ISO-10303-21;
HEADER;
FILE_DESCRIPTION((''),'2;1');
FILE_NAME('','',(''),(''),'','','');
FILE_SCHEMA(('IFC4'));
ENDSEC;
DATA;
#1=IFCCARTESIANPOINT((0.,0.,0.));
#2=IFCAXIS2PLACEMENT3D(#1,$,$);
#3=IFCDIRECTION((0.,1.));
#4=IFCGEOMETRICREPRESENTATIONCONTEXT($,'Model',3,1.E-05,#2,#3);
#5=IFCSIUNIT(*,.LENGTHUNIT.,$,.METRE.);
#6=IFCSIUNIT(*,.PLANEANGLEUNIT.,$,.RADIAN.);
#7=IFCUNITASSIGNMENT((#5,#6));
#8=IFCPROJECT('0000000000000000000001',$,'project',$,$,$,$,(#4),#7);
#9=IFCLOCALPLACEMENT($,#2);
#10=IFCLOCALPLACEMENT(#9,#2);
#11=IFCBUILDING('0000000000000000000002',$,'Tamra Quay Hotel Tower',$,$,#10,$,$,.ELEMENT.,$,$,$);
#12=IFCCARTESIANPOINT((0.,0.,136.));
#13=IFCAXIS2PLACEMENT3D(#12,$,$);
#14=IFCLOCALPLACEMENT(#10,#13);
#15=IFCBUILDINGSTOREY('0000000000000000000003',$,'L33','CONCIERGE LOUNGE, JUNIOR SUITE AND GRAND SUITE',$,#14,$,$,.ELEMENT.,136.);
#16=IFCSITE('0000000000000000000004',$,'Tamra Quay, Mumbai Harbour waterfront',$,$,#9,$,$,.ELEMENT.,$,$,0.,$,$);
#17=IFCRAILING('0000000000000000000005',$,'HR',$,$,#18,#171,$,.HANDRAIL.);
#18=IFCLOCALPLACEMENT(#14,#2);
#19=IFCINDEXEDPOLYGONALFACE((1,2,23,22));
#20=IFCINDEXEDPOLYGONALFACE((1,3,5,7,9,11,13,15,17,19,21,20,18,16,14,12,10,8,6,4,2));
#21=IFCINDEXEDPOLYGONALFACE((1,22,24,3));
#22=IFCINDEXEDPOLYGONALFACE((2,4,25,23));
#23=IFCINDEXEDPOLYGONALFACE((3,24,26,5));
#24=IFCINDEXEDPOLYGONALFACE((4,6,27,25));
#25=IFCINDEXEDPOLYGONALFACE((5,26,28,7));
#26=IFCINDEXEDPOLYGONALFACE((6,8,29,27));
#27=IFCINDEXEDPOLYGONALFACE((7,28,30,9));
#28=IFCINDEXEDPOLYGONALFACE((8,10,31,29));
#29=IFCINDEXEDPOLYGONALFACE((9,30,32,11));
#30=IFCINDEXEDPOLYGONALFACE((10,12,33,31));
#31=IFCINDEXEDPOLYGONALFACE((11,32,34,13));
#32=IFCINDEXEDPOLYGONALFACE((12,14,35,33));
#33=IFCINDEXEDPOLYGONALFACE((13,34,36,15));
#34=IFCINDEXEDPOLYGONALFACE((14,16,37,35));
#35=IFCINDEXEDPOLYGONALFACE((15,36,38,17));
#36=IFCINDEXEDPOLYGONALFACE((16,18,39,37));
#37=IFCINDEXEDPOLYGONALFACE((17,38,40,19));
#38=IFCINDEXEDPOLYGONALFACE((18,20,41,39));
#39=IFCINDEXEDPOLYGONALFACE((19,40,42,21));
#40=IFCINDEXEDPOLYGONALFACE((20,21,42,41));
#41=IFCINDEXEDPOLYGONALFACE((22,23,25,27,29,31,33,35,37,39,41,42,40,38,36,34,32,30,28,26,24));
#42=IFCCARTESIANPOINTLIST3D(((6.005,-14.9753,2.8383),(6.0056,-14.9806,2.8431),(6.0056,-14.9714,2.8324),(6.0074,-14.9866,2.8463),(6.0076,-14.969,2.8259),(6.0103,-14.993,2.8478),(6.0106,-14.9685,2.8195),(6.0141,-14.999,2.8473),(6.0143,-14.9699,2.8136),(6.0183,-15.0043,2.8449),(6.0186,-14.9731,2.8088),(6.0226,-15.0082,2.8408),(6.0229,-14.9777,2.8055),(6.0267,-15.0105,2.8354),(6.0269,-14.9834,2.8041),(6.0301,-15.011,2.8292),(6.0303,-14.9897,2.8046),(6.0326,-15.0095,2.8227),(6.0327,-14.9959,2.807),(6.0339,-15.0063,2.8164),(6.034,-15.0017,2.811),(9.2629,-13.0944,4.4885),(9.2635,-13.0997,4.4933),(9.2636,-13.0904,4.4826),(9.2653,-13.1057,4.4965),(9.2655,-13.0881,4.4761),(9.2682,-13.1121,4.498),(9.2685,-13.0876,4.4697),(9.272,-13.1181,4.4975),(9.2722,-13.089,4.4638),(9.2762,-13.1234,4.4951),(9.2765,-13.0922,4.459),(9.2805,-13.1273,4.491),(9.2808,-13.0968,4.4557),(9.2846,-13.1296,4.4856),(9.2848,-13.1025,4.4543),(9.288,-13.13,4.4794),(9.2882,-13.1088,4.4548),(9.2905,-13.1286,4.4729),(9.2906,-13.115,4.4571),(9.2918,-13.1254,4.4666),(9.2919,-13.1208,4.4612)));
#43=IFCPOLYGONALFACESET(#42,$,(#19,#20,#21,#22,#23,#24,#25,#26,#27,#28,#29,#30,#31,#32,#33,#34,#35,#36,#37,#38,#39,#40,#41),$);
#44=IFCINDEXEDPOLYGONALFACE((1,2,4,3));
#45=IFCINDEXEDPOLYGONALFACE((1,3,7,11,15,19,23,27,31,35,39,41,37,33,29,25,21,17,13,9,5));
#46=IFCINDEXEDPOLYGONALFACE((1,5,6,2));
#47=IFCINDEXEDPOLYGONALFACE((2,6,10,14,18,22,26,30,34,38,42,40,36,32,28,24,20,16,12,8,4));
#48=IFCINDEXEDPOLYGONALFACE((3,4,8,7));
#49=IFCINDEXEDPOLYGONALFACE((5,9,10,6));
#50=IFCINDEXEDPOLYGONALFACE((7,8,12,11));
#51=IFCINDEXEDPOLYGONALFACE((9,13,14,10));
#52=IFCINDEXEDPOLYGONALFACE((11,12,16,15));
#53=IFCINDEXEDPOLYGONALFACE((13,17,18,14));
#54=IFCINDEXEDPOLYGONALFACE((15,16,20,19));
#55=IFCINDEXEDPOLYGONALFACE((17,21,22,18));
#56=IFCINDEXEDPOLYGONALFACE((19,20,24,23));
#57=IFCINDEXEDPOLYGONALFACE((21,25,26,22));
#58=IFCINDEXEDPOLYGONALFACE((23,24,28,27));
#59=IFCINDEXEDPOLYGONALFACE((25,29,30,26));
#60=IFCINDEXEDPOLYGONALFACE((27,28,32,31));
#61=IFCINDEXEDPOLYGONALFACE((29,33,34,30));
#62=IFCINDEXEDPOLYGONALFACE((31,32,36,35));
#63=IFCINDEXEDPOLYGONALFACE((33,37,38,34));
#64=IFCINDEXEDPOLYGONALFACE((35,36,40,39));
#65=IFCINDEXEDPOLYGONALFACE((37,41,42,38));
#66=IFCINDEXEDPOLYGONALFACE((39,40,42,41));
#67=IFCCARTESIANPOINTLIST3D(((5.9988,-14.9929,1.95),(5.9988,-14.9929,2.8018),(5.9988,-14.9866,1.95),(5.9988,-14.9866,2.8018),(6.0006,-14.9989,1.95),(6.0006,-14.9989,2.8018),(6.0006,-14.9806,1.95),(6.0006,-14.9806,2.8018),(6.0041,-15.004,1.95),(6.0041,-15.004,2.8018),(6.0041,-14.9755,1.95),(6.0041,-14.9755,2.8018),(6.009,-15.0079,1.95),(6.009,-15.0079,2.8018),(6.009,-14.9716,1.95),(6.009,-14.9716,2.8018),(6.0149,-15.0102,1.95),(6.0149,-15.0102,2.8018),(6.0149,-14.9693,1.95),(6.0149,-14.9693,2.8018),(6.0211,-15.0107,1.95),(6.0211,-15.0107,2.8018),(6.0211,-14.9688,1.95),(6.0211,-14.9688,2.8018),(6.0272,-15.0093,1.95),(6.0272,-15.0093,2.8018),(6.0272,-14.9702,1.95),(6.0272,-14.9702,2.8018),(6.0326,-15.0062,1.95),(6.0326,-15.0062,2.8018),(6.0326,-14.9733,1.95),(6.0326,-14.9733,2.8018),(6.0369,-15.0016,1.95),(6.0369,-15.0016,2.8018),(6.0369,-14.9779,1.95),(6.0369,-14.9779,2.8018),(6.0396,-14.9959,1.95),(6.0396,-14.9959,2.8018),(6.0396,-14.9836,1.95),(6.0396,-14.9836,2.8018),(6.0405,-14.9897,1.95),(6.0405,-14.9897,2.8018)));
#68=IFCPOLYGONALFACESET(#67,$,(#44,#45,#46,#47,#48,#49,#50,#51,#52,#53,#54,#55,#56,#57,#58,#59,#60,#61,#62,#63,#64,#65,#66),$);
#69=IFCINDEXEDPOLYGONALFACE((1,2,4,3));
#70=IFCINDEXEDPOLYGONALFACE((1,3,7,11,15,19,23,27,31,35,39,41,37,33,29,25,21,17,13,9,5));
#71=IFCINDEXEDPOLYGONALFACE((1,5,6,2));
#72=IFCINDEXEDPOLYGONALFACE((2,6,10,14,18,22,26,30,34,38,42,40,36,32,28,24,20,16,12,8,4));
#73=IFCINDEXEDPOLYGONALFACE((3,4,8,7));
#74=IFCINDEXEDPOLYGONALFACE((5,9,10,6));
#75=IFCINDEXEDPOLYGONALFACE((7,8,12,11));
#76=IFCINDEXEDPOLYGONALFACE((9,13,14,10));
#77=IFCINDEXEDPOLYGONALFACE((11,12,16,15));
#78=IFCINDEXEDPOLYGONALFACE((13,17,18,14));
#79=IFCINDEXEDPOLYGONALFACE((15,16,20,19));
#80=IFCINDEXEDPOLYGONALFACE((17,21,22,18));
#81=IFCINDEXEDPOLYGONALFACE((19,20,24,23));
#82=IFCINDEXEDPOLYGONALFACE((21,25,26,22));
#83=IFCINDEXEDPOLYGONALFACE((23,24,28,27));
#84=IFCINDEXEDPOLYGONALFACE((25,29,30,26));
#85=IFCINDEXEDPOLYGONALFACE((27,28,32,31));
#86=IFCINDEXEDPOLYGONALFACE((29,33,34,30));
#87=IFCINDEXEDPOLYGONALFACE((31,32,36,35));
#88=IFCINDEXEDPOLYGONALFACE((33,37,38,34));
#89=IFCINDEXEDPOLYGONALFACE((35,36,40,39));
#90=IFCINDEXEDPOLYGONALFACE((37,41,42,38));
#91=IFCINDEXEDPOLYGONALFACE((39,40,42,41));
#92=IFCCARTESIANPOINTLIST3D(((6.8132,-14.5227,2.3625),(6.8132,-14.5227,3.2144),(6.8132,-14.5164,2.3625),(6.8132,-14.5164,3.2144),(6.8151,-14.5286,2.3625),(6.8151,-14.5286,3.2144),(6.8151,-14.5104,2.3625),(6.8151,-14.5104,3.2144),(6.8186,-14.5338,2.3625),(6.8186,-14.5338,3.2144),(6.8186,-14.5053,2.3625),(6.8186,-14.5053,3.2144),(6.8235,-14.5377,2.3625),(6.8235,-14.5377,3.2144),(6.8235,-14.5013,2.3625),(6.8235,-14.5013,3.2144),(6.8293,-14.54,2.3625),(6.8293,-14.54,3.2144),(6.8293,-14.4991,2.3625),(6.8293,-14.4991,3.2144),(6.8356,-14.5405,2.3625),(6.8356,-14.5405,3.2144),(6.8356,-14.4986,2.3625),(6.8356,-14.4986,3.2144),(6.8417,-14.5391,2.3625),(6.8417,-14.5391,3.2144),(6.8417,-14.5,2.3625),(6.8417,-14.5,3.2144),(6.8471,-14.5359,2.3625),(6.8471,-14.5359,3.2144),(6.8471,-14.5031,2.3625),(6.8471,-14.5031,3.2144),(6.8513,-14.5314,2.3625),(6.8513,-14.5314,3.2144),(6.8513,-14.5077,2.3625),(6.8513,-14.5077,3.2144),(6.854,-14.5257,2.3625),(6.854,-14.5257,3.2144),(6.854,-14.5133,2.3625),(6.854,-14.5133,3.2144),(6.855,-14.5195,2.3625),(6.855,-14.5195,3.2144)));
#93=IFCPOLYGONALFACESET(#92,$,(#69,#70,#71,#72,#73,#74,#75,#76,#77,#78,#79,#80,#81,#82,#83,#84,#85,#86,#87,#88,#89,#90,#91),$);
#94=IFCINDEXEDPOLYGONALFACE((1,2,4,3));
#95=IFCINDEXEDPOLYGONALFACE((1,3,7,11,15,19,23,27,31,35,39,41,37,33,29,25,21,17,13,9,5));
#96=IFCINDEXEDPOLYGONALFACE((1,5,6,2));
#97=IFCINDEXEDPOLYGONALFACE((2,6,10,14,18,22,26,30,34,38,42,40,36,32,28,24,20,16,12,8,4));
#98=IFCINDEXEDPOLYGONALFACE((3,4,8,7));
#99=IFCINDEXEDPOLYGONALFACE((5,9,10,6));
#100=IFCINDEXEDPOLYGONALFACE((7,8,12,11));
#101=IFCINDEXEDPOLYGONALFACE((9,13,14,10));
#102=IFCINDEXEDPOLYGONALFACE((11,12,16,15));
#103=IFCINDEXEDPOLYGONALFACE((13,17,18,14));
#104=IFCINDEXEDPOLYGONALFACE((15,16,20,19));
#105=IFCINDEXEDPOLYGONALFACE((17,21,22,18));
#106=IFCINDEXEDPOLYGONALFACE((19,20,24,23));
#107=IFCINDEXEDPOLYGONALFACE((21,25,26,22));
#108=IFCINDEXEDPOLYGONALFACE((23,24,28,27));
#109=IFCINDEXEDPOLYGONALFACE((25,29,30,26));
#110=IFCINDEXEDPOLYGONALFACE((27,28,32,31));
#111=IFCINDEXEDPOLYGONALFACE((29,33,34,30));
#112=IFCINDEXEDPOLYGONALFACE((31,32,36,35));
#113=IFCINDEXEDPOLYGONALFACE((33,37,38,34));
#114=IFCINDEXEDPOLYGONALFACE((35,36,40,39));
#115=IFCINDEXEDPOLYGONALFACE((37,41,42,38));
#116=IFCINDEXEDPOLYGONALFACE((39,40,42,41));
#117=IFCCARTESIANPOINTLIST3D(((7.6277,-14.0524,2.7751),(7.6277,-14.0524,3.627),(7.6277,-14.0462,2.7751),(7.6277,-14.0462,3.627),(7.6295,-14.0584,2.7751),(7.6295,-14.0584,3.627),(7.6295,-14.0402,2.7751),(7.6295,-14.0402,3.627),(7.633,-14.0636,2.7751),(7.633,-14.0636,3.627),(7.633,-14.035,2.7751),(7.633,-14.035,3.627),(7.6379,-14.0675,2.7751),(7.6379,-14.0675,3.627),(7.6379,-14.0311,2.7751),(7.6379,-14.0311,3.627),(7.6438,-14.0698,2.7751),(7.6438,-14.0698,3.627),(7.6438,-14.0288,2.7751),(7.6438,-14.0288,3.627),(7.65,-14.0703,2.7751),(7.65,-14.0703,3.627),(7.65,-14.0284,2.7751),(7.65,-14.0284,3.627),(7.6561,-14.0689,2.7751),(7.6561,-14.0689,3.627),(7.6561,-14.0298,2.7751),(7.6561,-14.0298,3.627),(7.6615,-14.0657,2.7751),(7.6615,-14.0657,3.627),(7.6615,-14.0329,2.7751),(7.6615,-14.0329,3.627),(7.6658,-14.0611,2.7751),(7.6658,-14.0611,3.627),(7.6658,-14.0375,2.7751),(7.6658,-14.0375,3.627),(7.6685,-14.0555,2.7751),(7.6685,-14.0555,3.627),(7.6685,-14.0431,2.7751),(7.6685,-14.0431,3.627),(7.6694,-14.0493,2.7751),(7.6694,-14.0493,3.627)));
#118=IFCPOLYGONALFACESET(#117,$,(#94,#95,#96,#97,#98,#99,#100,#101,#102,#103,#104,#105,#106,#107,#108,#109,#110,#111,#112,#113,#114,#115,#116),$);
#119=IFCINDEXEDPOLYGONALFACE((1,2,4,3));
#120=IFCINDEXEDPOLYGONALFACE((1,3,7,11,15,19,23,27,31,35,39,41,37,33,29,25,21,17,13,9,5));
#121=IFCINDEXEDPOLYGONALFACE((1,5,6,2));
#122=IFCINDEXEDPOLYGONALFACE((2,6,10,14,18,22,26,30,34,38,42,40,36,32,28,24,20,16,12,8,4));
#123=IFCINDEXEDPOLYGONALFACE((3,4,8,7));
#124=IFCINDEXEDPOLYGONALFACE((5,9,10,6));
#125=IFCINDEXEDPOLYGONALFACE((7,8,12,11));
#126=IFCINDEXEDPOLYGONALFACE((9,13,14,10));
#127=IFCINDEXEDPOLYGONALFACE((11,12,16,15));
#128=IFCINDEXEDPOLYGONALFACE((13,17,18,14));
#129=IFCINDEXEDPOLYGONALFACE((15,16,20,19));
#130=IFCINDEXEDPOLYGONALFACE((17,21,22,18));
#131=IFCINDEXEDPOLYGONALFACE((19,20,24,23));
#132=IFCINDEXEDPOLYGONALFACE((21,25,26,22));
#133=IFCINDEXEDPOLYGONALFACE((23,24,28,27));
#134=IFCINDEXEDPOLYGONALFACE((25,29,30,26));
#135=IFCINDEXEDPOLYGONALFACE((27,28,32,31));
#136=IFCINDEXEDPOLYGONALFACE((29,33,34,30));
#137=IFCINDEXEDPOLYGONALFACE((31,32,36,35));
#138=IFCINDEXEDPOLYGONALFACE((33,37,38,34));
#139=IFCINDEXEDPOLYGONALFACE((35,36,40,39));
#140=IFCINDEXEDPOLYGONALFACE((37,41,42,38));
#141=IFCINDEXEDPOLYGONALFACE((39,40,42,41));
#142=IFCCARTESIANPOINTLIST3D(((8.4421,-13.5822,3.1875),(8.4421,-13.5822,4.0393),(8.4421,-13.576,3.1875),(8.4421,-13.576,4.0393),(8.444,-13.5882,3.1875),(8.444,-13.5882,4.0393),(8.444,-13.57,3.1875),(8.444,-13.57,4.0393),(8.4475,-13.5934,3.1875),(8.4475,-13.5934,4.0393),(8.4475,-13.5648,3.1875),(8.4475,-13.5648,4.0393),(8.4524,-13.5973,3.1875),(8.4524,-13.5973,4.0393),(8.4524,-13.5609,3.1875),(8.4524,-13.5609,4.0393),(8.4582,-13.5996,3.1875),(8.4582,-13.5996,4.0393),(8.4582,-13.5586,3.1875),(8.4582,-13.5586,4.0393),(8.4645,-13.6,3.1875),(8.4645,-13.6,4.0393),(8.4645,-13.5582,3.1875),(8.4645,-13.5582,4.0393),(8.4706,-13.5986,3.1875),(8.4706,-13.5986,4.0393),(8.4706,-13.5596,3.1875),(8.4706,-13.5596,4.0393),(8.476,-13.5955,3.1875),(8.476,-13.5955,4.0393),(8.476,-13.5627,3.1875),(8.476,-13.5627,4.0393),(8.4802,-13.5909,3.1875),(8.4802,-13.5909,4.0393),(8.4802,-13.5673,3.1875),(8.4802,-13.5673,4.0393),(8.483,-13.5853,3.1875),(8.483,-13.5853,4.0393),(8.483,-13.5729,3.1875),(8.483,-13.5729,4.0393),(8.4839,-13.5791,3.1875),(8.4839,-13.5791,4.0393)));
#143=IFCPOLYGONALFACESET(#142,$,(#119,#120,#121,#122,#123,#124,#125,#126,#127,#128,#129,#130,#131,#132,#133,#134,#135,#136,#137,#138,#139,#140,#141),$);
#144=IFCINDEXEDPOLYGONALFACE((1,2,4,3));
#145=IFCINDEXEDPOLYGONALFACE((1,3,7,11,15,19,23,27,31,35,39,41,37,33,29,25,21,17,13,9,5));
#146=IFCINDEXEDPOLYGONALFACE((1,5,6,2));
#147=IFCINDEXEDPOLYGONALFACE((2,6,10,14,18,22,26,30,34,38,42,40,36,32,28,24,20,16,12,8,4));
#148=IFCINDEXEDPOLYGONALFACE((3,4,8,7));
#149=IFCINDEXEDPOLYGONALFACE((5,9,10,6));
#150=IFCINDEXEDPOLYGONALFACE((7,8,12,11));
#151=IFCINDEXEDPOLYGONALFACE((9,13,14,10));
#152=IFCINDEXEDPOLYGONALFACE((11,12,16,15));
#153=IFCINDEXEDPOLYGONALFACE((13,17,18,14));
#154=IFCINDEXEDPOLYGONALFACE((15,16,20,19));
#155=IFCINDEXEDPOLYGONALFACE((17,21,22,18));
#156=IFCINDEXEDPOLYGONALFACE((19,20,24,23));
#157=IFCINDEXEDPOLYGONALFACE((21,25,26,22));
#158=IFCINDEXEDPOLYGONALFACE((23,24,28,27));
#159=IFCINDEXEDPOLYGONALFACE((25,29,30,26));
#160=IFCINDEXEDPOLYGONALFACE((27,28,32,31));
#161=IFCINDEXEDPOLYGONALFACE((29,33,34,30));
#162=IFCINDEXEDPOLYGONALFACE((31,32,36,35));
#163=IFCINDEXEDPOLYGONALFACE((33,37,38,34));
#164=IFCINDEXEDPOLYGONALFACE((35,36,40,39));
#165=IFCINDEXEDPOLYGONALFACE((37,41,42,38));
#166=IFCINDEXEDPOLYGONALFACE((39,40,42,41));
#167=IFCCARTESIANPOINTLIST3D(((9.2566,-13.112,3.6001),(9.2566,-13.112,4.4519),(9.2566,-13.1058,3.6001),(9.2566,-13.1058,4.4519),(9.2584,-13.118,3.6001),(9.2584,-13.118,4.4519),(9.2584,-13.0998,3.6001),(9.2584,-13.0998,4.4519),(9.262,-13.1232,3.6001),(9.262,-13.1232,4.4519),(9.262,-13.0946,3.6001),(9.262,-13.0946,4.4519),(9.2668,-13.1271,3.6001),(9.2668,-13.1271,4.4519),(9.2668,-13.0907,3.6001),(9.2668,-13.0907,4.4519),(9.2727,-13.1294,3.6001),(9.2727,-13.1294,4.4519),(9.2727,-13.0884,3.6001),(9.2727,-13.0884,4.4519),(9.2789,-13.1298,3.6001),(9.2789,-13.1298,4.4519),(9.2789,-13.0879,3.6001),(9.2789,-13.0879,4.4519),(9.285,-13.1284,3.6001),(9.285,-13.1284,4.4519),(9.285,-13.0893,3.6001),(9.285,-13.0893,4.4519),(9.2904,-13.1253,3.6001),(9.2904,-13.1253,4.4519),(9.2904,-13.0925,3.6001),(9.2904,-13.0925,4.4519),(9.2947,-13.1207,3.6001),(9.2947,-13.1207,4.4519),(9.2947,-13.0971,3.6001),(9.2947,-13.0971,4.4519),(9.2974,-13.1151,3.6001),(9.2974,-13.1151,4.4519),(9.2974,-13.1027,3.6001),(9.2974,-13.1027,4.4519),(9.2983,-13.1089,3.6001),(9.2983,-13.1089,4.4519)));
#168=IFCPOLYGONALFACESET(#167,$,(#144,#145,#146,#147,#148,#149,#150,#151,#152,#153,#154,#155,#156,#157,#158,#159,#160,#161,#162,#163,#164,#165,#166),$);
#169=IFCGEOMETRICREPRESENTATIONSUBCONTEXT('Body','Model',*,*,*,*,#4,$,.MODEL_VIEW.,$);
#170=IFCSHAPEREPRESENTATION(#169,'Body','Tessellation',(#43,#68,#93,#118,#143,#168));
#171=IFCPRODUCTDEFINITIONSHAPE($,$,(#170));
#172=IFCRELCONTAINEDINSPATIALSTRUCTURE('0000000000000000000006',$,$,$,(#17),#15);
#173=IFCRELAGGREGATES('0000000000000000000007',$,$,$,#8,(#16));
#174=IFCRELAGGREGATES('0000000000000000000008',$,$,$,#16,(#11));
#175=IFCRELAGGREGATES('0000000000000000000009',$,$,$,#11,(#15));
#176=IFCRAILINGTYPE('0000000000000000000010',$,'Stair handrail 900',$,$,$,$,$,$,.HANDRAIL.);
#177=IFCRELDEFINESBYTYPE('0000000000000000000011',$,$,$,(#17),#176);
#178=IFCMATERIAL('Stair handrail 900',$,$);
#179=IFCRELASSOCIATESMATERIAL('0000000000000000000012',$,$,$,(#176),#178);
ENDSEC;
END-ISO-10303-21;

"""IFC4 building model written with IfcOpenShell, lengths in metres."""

from ifc_helpers import new_model, si_unit, direction, frame, origin, origin_2d, place, context, subcontext, project, spatial, circle, extrude, material, type_object, element, save


model = new_model("IFC4")

# Units and contexts
model_context = context("Model", 3, precision=1e-05, world=origin(), true_north=direction((0.0, 1.0)))
body_context = subcontext(model_context, "Body", "Model", "MODEL_VIEW")
ifc_project = project(units=[si_unit("LENGTHUNIT", "METRE"), si_unit("PLANEANGLEUNIT", "RADIAN")], contexts=[model_context])

# Site, building, storey
site_placement = place(None, origin())
site = spatial("IfcSite", under=ifc_project, at=site_placement, Name="Tamra Quay, Mumbai Harbour waterfront", CompositionType="ELEMENT", RefElevation=0.0)
building_placement = place(site_placement, origin())
building = spatial("IfcBuilding", under=site, at=building_placement, Name="Tamra Quay Hotel Tower", CompositionType="ELEMENT")
storey_placement = place(building_placement, frame((0.0, 0.0, 136.0)))
storey = spatial("IfcBuildingStorey", under=building, at=storey_placement, Name="L33", Description="CONCIERGE LOUNGE, JUNIOR SUITE AND GRAND SUITE", CompositionType="ELEMENT", Elevation=136.0)

# Railing
ifc_material_1 = material(Name="Stair handrail 900")
railing_type_1 = type_object("IfcRailingType", Name="Stair handrail 900", PredefinedType="HANDRAIL", material=ifc_material_1)
railing_1_placement = place(storey_placement, frame((6.0195, -14.9897, 1.95)))
element("IfcRailing", 1, at=railing_1_placement, inside=storey, type_object=railing_type_1, Name="HR", PredefinedType="HANDRAIL", context=body_context, shape_type="SweptSolid", body=[
    extrude(circle(Radius=0.0239, at=origin_2d()), frame((0.0, 0.0, 0.876), z_axis=(0.793081, 0.457876, 0.401711), x_axis=(-0.499992, 0.86603, 0.0)), (0.0, 0.0, 1.0), 4.1079),
    extrude(circle(Radius=0.021, at=origin_2d()), origin(), (0.0, 0.0, 1.0), 0.8518),
    extrude(circle(Radius=0.021, at=origin_2d()), frame((0.8145, 0.4702, 0.4126)), (0.0, 0.0, 1.0), 0.8518),
    extrude(circle(Radius=0.021, at=origin_2d()), frame((1.6289, 0.9404, 0.8252)), (0.0, 0.0, 1.0), 0.8518),
    extrude(circle(Radius=0.021, at=origin_2d()), frame((2.4434, 1.4106, 1.2375)), (0.0, 0.0, 1.0), 0.8518),
    extrude(circle(Radius=0.021, at=origin_2d()), frame((3.2578, 1.8809, 1.6501)), (0.0, 0.0, 1.0), 0.8518),
])

save(model, "model.ifc")
